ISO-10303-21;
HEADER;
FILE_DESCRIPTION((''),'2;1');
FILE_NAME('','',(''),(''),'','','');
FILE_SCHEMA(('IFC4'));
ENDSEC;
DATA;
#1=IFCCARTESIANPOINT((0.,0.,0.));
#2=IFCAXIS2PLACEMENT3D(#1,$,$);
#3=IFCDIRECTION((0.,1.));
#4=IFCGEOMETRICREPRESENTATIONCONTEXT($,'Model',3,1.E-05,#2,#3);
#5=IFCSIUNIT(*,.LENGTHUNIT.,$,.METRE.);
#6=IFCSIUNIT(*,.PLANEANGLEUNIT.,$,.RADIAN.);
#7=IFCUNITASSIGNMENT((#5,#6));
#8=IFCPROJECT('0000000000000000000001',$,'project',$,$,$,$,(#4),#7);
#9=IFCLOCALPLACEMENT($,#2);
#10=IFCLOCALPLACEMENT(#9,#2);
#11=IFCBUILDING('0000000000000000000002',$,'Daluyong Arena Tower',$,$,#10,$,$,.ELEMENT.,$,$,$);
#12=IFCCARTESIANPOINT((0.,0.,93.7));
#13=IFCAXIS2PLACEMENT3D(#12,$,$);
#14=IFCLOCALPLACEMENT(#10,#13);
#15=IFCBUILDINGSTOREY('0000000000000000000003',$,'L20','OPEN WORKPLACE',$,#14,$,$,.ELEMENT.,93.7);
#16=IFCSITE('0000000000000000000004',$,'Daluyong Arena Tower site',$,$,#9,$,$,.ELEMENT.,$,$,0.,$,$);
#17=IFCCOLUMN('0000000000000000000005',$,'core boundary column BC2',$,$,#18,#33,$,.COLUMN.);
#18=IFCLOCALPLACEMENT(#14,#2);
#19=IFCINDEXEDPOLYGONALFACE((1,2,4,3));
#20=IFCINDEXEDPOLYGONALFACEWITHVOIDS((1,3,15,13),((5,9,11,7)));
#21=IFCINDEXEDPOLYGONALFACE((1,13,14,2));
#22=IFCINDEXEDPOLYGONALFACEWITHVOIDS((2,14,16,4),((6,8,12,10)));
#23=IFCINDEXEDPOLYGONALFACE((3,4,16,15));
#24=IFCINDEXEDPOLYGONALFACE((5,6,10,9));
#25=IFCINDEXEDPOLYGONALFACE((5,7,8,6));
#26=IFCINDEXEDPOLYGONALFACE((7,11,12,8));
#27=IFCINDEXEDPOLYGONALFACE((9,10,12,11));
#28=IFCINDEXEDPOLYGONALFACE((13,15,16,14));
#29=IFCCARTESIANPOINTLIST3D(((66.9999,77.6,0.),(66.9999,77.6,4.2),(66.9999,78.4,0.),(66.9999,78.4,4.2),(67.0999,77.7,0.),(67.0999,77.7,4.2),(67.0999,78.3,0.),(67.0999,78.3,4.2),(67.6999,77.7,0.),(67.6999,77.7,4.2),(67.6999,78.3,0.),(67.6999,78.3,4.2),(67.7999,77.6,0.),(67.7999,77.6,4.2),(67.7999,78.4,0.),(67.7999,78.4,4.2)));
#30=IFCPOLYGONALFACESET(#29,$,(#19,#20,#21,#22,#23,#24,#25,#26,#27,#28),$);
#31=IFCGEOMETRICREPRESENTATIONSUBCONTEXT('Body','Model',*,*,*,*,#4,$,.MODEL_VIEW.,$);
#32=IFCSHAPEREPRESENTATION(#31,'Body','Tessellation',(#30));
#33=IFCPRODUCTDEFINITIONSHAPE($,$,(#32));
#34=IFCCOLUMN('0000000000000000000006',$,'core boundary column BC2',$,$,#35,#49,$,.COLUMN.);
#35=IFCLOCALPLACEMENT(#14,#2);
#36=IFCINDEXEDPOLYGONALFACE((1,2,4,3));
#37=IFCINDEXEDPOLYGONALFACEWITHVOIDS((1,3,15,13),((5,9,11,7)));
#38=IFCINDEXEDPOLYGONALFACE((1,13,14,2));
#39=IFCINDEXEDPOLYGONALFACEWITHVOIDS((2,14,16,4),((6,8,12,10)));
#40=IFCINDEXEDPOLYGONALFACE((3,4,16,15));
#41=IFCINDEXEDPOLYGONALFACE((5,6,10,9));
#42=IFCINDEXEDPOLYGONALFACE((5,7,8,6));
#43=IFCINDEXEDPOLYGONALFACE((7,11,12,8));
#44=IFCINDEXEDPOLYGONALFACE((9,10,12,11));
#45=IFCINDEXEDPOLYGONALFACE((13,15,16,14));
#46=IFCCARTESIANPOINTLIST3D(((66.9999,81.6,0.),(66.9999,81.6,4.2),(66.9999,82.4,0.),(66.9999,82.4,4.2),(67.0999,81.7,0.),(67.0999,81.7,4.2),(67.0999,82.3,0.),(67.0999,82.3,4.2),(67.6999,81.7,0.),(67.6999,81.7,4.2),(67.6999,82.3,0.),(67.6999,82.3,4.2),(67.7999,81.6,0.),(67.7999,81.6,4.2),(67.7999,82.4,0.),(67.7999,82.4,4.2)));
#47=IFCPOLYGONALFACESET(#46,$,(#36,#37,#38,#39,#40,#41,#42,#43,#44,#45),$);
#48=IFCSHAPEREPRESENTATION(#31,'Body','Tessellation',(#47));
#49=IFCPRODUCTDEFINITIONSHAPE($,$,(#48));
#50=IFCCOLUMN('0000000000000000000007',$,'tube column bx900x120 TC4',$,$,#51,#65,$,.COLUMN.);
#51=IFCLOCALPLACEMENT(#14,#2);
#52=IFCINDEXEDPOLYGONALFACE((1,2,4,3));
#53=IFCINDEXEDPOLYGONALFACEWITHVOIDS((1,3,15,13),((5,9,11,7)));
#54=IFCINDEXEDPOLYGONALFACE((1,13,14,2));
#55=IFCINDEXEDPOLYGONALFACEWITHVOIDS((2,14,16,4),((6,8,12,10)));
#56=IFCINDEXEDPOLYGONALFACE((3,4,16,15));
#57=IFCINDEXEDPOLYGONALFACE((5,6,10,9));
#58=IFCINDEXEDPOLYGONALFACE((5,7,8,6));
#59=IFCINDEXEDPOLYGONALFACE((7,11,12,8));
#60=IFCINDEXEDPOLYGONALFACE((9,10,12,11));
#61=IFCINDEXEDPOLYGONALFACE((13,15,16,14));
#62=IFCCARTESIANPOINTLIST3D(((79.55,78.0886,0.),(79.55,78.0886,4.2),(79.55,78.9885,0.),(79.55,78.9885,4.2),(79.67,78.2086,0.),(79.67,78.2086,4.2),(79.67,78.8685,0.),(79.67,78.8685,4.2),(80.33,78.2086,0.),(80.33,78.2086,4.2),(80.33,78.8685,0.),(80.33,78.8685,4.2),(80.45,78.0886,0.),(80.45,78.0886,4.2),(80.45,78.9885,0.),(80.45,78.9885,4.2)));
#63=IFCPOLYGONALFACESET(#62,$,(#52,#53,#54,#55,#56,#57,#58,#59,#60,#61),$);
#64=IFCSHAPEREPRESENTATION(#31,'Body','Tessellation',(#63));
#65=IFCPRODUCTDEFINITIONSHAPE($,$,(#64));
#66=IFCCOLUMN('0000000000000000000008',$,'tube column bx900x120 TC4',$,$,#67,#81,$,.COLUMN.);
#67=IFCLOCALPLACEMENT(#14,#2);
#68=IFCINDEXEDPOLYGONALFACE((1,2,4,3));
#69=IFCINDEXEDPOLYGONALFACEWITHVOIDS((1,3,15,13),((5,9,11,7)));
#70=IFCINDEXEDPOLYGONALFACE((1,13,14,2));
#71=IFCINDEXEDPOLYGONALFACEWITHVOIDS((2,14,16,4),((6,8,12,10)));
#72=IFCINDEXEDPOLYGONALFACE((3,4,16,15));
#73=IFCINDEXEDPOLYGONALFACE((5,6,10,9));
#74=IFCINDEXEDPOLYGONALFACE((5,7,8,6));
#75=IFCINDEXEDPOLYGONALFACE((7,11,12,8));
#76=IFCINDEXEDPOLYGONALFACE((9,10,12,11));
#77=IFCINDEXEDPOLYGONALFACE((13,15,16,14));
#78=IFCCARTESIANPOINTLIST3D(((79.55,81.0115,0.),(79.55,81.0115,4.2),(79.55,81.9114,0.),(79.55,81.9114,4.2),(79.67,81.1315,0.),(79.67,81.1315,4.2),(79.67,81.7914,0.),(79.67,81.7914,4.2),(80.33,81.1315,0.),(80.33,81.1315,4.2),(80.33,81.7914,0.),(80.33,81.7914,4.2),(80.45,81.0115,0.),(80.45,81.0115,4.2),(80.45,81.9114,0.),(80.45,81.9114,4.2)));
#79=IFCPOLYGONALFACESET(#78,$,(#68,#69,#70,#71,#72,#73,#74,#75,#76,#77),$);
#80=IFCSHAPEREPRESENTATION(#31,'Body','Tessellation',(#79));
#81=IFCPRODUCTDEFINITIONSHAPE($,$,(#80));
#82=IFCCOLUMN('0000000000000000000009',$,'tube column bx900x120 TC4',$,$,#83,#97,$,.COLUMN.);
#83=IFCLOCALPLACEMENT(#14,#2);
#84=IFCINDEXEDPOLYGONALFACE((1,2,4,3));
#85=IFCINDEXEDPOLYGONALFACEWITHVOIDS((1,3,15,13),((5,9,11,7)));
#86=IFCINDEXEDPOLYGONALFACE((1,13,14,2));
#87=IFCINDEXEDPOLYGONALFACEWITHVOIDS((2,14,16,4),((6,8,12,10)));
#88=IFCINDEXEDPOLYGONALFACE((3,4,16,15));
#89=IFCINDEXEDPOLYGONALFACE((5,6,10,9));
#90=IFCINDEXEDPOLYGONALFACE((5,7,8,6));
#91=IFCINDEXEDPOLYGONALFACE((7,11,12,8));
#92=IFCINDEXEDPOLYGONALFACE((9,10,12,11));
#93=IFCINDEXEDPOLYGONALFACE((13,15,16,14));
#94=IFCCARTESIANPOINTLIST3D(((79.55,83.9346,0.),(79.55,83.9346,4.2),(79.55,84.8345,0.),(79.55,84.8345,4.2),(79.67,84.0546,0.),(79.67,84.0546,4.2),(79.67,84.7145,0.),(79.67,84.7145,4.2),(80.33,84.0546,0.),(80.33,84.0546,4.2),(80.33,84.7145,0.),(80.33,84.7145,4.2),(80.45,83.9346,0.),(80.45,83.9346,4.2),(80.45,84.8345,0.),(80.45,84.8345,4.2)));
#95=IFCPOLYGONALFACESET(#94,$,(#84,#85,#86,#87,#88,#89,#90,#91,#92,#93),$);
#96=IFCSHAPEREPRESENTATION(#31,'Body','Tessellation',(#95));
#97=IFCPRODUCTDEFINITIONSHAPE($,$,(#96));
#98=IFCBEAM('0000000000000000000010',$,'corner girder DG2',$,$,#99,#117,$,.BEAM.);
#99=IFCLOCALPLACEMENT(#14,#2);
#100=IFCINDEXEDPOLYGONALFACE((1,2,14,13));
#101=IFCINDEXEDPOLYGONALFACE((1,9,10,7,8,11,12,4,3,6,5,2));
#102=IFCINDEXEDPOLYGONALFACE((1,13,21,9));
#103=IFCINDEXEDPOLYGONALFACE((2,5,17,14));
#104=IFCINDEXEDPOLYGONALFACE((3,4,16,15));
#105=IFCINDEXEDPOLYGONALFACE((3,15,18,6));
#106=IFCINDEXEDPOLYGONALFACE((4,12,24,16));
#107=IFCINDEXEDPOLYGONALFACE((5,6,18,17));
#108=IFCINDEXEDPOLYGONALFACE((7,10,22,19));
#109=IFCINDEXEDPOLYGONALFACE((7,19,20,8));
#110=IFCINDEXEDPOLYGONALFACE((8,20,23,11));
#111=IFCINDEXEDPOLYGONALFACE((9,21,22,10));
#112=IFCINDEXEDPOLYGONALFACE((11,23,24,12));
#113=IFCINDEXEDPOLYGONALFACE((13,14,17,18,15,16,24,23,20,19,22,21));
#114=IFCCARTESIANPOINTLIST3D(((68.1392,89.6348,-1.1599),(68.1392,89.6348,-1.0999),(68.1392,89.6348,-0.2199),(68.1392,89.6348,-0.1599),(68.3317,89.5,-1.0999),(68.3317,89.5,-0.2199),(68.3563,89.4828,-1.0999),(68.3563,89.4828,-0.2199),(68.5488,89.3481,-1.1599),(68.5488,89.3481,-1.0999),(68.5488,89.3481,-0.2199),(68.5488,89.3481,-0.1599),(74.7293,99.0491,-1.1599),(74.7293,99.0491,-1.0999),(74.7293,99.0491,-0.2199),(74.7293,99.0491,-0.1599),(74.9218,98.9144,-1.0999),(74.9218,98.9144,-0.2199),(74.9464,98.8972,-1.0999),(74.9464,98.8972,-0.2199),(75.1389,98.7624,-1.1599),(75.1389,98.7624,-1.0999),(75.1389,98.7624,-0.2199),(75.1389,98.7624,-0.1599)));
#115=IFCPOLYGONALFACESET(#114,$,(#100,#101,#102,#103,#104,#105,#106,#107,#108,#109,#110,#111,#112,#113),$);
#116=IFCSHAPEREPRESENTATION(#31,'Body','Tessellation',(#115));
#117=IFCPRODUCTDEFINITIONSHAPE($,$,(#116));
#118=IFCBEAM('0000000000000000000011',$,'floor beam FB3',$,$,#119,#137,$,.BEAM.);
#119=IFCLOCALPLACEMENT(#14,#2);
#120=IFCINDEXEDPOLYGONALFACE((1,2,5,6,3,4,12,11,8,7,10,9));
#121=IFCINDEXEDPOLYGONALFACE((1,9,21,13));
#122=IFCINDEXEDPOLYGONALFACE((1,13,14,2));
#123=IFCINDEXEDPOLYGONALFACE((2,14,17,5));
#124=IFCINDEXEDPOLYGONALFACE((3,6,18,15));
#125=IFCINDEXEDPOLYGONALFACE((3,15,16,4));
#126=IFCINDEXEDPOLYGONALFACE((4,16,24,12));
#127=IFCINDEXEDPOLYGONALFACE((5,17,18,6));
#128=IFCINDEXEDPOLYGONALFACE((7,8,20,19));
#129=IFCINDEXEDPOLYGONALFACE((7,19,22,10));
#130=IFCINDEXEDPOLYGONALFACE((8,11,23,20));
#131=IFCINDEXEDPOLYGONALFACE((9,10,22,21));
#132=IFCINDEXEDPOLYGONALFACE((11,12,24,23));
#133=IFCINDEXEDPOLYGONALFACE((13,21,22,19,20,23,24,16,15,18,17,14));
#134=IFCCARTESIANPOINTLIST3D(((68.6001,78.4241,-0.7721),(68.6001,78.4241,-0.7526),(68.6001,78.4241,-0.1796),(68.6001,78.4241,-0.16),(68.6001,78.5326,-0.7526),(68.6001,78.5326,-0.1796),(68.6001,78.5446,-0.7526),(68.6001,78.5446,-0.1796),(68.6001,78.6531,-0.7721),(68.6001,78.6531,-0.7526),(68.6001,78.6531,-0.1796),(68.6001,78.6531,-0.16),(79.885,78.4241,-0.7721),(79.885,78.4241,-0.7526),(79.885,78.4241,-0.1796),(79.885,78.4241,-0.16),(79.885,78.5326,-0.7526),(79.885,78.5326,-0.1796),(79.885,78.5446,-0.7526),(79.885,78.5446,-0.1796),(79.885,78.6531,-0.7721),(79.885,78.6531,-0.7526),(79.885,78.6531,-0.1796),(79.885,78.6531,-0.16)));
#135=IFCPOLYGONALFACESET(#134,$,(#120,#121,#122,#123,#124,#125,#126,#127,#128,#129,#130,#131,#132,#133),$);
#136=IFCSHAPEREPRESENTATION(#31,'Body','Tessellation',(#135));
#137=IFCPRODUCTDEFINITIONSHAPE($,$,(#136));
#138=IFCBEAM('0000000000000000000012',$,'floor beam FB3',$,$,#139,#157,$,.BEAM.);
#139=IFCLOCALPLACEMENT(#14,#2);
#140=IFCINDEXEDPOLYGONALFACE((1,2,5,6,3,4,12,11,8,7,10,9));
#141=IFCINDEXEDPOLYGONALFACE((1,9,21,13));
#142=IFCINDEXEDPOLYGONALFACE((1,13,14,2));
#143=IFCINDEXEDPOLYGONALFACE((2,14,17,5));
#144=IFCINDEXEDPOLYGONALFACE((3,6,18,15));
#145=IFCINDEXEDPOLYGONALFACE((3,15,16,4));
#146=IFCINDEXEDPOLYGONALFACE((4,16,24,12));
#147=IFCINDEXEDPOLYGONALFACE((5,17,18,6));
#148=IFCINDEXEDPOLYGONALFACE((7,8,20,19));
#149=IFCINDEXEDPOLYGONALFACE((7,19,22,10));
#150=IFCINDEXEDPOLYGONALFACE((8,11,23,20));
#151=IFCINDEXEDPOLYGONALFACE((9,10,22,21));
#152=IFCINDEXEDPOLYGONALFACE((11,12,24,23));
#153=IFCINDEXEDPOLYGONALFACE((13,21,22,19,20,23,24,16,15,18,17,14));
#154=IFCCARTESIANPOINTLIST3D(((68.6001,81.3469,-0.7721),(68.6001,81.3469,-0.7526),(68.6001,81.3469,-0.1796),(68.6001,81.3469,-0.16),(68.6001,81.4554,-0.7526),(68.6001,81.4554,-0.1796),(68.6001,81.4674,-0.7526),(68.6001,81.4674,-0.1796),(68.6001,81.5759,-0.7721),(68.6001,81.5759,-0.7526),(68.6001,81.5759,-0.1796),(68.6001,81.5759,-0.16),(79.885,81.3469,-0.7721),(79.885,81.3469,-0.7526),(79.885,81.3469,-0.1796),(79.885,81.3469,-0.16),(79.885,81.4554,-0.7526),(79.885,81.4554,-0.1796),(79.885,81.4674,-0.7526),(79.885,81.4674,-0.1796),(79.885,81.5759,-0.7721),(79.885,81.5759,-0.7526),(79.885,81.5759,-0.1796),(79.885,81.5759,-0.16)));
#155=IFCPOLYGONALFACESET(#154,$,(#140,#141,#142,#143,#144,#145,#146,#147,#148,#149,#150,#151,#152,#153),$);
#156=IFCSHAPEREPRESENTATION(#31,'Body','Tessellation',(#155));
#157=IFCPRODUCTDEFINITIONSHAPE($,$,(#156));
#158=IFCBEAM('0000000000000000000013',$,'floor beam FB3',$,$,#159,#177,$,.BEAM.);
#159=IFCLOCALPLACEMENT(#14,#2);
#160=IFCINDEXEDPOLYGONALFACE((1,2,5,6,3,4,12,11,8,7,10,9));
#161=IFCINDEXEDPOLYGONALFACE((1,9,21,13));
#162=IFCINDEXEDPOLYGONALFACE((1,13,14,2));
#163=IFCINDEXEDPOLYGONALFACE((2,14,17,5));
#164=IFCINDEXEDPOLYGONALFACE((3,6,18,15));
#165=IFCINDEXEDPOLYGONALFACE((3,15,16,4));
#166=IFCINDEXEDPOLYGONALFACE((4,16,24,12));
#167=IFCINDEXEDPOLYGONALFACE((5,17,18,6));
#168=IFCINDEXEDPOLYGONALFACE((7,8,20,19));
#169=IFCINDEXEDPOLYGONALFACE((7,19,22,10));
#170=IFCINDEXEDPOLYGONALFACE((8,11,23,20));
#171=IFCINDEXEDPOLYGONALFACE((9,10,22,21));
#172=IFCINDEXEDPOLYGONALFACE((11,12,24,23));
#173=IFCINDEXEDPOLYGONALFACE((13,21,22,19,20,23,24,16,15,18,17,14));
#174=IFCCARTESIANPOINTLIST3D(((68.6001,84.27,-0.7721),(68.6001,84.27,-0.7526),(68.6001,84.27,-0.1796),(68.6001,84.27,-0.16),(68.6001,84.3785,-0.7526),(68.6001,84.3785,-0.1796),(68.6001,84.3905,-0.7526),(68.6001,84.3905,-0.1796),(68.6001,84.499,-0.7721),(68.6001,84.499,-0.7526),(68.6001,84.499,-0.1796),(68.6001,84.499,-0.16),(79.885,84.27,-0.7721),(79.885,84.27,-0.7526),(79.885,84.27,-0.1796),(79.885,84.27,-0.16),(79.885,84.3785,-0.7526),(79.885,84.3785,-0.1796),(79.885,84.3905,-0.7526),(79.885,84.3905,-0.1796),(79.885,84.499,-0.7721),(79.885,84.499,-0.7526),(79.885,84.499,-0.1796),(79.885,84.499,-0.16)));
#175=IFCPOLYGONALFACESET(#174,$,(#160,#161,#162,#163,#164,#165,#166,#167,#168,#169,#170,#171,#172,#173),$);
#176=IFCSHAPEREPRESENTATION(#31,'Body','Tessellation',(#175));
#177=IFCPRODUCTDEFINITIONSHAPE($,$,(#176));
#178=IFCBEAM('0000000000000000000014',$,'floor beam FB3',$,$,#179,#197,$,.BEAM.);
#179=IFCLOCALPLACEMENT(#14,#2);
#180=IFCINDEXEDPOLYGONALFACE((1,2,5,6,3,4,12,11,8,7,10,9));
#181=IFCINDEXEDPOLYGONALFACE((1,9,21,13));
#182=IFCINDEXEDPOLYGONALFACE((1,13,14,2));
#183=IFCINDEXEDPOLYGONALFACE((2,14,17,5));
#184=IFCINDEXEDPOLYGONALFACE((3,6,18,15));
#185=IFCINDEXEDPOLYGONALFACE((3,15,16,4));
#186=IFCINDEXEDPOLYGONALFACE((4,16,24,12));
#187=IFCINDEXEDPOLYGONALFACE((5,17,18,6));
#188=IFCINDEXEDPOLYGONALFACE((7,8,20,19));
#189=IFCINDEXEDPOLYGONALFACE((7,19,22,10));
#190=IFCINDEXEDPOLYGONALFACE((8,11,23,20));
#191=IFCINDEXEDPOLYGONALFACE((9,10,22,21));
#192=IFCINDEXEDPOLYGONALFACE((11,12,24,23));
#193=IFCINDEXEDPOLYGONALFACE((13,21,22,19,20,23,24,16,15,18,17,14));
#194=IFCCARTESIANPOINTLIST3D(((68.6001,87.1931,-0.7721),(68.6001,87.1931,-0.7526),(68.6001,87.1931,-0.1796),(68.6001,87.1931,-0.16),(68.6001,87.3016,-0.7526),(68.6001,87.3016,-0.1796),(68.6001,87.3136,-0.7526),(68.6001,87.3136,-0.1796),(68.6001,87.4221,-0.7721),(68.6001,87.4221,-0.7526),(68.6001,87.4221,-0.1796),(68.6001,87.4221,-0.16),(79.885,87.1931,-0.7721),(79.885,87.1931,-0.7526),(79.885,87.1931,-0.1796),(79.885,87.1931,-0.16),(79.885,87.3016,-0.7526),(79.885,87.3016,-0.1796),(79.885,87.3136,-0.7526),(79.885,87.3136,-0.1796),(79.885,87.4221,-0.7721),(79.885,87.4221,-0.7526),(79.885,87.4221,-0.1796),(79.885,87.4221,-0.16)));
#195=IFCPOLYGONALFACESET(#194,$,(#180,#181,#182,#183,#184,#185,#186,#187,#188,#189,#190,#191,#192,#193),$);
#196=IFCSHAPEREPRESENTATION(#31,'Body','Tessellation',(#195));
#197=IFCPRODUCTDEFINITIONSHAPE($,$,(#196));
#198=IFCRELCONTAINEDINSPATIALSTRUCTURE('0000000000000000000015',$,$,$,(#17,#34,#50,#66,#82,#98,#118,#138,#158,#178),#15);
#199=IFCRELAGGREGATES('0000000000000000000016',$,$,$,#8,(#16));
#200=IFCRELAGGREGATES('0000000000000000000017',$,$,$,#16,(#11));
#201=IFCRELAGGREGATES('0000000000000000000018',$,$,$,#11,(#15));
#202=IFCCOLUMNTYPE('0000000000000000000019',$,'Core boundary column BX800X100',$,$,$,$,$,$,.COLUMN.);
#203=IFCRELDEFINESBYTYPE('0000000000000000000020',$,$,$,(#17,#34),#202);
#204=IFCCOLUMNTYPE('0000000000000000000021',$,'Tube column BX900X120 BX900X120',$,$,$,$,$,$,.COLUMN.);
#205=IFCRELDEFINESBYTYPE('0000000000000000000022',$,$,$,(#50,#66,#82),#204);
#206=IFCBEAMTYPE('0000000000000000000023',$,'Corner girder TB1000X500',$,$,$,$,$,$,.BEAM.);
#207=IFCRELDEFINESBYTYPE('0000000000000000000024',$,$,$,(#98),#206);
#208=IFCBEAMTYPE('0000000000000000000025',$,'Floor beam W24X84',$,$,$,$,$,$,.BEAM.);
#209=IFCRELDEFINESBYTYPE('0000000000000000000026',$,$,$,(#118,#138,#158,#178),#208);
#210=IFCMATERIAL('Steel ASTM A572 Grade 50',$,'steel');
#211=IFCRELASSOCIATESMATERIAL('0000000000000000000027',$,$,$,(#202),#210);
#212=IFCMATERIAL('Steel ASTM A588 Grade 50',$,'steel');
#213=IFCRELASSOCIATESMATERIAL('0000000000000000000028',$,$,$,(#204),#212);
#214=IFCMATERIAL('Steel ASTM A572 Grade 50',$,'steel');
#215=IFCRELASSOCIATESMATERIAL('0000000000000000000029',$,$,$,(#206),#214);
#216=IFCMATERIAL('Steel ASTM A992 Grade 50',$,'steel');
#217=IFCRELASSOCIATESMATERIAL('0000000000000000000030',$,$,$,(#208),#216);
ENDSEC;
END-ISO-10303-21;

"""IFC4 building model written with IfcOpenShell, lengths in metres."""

from ifc_helpers import new_model, si_unit, direction, frame, origin, origin_2d, place, context, subcontext, project, spatial, hollow_rectangle, i_section, extrude, material, material_profile, profile_set, type_object, element, save


model = new_model("IFC4")

# Units and contexts
model_context = context("Model", 3, precision=1e-05, world=origin(), true_north=direction((0.0, 1.0)))
body_context = subcontext(model_context, "Body", "Model", "MODEL_VIEW")
ifc_project = project(units=[si_unit("LENGTHUNIT", "METRE"), si_unit("PLANEANGLEUNIT", "RADIAN")], contexts=[model_context])

# Site, building, storey
site_placement = place(None, origin())
site = spatial("IfcSite", under=ifc_project, at=site_placement, Name="Daluyong Arena Tower site", CompositionType="ELEMENT", RefElevation=0.0)
building_placement = place(site_placement, origin())
building = spatial("IfcBuilding", under=site, at=building_placement, Name="Daluyong Arena Tower", CompositionType="ELEMENT")
storey_placement = place(building_placement, frame((0.0, 0.0, 93.7)))
storey = spatial("IfcBuildingStorey", under=building, at=storey_placement, Name="L20", Description="OPEN WORKPLACE", CompositionType="ELEMENT", Elevation=93.7)

# Columns
ifc_material_1 = material(Name="Steel ASTM A572 Grade 50", Category="steel")
ifc_material_profile_1 = material_profile(ifc_material_1, hollow_rectangle(XDim=0.8, YDim=0.8, WallThickness=0.1, at=origin_2d()))
ifc_profile_set_1 = profile_set([ifc_material_profile_1], Name="Steel ASTM A572 Grade 50")
column_type_1 = type_object("IfcColumnType", Name="Core boundary column BX800X100", PredefinedType="COLUMN", material=ifc_profile_set_1)
for number, where, z_axis, x_axis, name in (
    (1, (67.3999, 78.0, 0.0), (0.0, 0.0, 1.0), (1.0, 0.0, 0.0), "core boundary column BC2"),
    (2, (67.3999, 82.0, 0.0), (0.0, 0.0, 1.0), (1.0, 0.0, 0.0), "core boundary column BC2"),
):
    element("IfcColumn", number, at=place(storey_placement, frame(where, z_axis=z_axis, x_axis=x_axis)), inside=storey, type_object=column_type_1, Name=name, PredefinedType="COLUMN", context=body_context, shape_type="SweptSolid", body=[
        extrude(hollow_rectangle(XDim=0.8, YDim=0.8, WallThickness=0.1, at=origin_2d()), origin(), (0.0, 0.0, 1.0), 4.2),
    ])
ifc_material_2 = material(Name="Steel ASTM A588 Grade 50", Category="steel")
ifc_material_profile_2 = material_profile(ifc_material_2, hollow_rectangle(XDim=0.8999, YDim=0.8999, WallThickness=0.12, at=origin_2d()))
ifc_profile_set_2 = profile_set([ifc_material_profile_2], Name="Steel ASTM A588 Grade 50")
column_type_2 = type_object("IfcColumnType", Name="Tube column BX900X120 BX900X120", PredefinedType="COLUMN", material=ifc_profile_set_2)
for number, where, z_axis, x_axis, name in (
    (3, (80.0, 78.5386, 0.0), (0.0, 0.0, 1.0), (0.0, 1.0, 0.0), "tube column bx900x120 TC4"),
    (4, (80.0, 81.4614, 0.0), (0.0, 0.0, 1.0), (0.0, 1.0, 0.0), "tube column bx900x120 TC4"),
    (5, (80.0, 84.3845, 0.0), (0.0, 0.0, 1.0), (0.0, 1.0, 0.0), "tube column bx900x120 TC4"),
):
    element("IfcColumn", number, at=place(storey_placement, frame(where, z_axis=z_axis, x_axis=x_axis)), inside=storey, type_object=column_type_2, Name=name, PredefinedType="COLUMN", context=body_context, shape_type="SweptSolid", body=[
        extrude(hollow_rectangle(XDim=0.8999, YDim=0.8999, WallThickness=0.12, at=origin_2d()), origin(), (0.0, 0.0, 1.0), 4.2),
    ])

# Beams
ifc_material_3 = material(Name="Steel ASTM A572 Grade 50", Category="steel")
ifc_material_profile_3 = material_profile(ifc_material_3, i_section(OverallWidth=0.5, OverallDepth=1.0, WebThickness=0.03, FlangeThickness=0.06, at=origin_2d()))
ifc_profile_set_3 = profile_set([ifc_material_profile_3], Name="Steel ASTM A572 Grade 50")
beam_type_1 = type_object("IfcBeamType", Name="Corner girder TB1000X500", PredefinedType="BEAM", material=ifc_profile_set_3)
beam_1_placement = place(storey_placement, frame((74.9341, 98.9058, -0.6599), z_axis=(-0.573467, -0.819229, 0.0), x_axis=(0.819229, -0.573467, 0.0)))
element("IfcBeam", 6, at=beam_1_placement, inside=storey, type_object=beam_type_1, Name="corner girder DG2", PredefinedType="BEAM", context=body_context, shape_type="SweptSolid", body=[
    extrude(i_section(OverallWidth=0.5, OverallDepth=1.0, WebThickness=0.03, FlangeThickness=0.06, at=origin_2d()), origin(), (0.0, 0.0, 1.0), 11.4917),
])
ifc_material_4 = material(Name="Steel ASTM A992 Grade 50", Category="steel")
ifc_material_profile_4 = material_profile(ifc_material_4, i_section(OverallWidth=0.229, OverallDepth=0.6121, WebThickness=0.012, FlangeThickness=0.0195, at=origin_2d()))
ifc_profile_set_4 = profile_set([ifc_material_profile_4], Name="Steel ASTM A992 Grade 50")
beam_type_2 = type_object("IfcBeamType", Name="Floor beam W24X84", PredefinedType="BEAM", material=ifc_profile_set_4)
for number, where, z_axis, x_axis, name in (
    (7, (79.885, 78.5386, -0.4661), (-1.0, 0.0, 0.0), (0.0, -1.0, 0.0), "floor beam FB3"),
    (8, (79.885, 81.4614, -0.4661), (-1.0, 0.0, 0.0), (0.0, -1.0, 0.0), "floor beam FB3"),
    (9, (79.885, 84.3845, -0.4661), (-1.0, 0.0, 0.0), (0.0, -1.0, 0.0), "floor beam FB3"),
    (10, (79.885, 87.3076, -0.4661), (-1.0, 0.0, 0.0), (0.0, -1.0, 0.0), "floor beam FB3"),
):
    element("IfcBeam", number, at=place(storey_placement, frame(where, z_axis=z_axis, x_axis=x_axis)), inside=storey, type_object=beam_type_2, Name=name, PredefinedType="BEAM", context=body_context, shape_type="SweptSolid", body=[
        extrude(i_section(OverallWidth=0.229, OverallDepth=0.6121, WebThickness=0.012, FlangeThickness=0.0195, at=origin_2d()), origin(), (0.0, 0.0, 1.0), 11.2849),
    ])

save(model, "model.ifc")
